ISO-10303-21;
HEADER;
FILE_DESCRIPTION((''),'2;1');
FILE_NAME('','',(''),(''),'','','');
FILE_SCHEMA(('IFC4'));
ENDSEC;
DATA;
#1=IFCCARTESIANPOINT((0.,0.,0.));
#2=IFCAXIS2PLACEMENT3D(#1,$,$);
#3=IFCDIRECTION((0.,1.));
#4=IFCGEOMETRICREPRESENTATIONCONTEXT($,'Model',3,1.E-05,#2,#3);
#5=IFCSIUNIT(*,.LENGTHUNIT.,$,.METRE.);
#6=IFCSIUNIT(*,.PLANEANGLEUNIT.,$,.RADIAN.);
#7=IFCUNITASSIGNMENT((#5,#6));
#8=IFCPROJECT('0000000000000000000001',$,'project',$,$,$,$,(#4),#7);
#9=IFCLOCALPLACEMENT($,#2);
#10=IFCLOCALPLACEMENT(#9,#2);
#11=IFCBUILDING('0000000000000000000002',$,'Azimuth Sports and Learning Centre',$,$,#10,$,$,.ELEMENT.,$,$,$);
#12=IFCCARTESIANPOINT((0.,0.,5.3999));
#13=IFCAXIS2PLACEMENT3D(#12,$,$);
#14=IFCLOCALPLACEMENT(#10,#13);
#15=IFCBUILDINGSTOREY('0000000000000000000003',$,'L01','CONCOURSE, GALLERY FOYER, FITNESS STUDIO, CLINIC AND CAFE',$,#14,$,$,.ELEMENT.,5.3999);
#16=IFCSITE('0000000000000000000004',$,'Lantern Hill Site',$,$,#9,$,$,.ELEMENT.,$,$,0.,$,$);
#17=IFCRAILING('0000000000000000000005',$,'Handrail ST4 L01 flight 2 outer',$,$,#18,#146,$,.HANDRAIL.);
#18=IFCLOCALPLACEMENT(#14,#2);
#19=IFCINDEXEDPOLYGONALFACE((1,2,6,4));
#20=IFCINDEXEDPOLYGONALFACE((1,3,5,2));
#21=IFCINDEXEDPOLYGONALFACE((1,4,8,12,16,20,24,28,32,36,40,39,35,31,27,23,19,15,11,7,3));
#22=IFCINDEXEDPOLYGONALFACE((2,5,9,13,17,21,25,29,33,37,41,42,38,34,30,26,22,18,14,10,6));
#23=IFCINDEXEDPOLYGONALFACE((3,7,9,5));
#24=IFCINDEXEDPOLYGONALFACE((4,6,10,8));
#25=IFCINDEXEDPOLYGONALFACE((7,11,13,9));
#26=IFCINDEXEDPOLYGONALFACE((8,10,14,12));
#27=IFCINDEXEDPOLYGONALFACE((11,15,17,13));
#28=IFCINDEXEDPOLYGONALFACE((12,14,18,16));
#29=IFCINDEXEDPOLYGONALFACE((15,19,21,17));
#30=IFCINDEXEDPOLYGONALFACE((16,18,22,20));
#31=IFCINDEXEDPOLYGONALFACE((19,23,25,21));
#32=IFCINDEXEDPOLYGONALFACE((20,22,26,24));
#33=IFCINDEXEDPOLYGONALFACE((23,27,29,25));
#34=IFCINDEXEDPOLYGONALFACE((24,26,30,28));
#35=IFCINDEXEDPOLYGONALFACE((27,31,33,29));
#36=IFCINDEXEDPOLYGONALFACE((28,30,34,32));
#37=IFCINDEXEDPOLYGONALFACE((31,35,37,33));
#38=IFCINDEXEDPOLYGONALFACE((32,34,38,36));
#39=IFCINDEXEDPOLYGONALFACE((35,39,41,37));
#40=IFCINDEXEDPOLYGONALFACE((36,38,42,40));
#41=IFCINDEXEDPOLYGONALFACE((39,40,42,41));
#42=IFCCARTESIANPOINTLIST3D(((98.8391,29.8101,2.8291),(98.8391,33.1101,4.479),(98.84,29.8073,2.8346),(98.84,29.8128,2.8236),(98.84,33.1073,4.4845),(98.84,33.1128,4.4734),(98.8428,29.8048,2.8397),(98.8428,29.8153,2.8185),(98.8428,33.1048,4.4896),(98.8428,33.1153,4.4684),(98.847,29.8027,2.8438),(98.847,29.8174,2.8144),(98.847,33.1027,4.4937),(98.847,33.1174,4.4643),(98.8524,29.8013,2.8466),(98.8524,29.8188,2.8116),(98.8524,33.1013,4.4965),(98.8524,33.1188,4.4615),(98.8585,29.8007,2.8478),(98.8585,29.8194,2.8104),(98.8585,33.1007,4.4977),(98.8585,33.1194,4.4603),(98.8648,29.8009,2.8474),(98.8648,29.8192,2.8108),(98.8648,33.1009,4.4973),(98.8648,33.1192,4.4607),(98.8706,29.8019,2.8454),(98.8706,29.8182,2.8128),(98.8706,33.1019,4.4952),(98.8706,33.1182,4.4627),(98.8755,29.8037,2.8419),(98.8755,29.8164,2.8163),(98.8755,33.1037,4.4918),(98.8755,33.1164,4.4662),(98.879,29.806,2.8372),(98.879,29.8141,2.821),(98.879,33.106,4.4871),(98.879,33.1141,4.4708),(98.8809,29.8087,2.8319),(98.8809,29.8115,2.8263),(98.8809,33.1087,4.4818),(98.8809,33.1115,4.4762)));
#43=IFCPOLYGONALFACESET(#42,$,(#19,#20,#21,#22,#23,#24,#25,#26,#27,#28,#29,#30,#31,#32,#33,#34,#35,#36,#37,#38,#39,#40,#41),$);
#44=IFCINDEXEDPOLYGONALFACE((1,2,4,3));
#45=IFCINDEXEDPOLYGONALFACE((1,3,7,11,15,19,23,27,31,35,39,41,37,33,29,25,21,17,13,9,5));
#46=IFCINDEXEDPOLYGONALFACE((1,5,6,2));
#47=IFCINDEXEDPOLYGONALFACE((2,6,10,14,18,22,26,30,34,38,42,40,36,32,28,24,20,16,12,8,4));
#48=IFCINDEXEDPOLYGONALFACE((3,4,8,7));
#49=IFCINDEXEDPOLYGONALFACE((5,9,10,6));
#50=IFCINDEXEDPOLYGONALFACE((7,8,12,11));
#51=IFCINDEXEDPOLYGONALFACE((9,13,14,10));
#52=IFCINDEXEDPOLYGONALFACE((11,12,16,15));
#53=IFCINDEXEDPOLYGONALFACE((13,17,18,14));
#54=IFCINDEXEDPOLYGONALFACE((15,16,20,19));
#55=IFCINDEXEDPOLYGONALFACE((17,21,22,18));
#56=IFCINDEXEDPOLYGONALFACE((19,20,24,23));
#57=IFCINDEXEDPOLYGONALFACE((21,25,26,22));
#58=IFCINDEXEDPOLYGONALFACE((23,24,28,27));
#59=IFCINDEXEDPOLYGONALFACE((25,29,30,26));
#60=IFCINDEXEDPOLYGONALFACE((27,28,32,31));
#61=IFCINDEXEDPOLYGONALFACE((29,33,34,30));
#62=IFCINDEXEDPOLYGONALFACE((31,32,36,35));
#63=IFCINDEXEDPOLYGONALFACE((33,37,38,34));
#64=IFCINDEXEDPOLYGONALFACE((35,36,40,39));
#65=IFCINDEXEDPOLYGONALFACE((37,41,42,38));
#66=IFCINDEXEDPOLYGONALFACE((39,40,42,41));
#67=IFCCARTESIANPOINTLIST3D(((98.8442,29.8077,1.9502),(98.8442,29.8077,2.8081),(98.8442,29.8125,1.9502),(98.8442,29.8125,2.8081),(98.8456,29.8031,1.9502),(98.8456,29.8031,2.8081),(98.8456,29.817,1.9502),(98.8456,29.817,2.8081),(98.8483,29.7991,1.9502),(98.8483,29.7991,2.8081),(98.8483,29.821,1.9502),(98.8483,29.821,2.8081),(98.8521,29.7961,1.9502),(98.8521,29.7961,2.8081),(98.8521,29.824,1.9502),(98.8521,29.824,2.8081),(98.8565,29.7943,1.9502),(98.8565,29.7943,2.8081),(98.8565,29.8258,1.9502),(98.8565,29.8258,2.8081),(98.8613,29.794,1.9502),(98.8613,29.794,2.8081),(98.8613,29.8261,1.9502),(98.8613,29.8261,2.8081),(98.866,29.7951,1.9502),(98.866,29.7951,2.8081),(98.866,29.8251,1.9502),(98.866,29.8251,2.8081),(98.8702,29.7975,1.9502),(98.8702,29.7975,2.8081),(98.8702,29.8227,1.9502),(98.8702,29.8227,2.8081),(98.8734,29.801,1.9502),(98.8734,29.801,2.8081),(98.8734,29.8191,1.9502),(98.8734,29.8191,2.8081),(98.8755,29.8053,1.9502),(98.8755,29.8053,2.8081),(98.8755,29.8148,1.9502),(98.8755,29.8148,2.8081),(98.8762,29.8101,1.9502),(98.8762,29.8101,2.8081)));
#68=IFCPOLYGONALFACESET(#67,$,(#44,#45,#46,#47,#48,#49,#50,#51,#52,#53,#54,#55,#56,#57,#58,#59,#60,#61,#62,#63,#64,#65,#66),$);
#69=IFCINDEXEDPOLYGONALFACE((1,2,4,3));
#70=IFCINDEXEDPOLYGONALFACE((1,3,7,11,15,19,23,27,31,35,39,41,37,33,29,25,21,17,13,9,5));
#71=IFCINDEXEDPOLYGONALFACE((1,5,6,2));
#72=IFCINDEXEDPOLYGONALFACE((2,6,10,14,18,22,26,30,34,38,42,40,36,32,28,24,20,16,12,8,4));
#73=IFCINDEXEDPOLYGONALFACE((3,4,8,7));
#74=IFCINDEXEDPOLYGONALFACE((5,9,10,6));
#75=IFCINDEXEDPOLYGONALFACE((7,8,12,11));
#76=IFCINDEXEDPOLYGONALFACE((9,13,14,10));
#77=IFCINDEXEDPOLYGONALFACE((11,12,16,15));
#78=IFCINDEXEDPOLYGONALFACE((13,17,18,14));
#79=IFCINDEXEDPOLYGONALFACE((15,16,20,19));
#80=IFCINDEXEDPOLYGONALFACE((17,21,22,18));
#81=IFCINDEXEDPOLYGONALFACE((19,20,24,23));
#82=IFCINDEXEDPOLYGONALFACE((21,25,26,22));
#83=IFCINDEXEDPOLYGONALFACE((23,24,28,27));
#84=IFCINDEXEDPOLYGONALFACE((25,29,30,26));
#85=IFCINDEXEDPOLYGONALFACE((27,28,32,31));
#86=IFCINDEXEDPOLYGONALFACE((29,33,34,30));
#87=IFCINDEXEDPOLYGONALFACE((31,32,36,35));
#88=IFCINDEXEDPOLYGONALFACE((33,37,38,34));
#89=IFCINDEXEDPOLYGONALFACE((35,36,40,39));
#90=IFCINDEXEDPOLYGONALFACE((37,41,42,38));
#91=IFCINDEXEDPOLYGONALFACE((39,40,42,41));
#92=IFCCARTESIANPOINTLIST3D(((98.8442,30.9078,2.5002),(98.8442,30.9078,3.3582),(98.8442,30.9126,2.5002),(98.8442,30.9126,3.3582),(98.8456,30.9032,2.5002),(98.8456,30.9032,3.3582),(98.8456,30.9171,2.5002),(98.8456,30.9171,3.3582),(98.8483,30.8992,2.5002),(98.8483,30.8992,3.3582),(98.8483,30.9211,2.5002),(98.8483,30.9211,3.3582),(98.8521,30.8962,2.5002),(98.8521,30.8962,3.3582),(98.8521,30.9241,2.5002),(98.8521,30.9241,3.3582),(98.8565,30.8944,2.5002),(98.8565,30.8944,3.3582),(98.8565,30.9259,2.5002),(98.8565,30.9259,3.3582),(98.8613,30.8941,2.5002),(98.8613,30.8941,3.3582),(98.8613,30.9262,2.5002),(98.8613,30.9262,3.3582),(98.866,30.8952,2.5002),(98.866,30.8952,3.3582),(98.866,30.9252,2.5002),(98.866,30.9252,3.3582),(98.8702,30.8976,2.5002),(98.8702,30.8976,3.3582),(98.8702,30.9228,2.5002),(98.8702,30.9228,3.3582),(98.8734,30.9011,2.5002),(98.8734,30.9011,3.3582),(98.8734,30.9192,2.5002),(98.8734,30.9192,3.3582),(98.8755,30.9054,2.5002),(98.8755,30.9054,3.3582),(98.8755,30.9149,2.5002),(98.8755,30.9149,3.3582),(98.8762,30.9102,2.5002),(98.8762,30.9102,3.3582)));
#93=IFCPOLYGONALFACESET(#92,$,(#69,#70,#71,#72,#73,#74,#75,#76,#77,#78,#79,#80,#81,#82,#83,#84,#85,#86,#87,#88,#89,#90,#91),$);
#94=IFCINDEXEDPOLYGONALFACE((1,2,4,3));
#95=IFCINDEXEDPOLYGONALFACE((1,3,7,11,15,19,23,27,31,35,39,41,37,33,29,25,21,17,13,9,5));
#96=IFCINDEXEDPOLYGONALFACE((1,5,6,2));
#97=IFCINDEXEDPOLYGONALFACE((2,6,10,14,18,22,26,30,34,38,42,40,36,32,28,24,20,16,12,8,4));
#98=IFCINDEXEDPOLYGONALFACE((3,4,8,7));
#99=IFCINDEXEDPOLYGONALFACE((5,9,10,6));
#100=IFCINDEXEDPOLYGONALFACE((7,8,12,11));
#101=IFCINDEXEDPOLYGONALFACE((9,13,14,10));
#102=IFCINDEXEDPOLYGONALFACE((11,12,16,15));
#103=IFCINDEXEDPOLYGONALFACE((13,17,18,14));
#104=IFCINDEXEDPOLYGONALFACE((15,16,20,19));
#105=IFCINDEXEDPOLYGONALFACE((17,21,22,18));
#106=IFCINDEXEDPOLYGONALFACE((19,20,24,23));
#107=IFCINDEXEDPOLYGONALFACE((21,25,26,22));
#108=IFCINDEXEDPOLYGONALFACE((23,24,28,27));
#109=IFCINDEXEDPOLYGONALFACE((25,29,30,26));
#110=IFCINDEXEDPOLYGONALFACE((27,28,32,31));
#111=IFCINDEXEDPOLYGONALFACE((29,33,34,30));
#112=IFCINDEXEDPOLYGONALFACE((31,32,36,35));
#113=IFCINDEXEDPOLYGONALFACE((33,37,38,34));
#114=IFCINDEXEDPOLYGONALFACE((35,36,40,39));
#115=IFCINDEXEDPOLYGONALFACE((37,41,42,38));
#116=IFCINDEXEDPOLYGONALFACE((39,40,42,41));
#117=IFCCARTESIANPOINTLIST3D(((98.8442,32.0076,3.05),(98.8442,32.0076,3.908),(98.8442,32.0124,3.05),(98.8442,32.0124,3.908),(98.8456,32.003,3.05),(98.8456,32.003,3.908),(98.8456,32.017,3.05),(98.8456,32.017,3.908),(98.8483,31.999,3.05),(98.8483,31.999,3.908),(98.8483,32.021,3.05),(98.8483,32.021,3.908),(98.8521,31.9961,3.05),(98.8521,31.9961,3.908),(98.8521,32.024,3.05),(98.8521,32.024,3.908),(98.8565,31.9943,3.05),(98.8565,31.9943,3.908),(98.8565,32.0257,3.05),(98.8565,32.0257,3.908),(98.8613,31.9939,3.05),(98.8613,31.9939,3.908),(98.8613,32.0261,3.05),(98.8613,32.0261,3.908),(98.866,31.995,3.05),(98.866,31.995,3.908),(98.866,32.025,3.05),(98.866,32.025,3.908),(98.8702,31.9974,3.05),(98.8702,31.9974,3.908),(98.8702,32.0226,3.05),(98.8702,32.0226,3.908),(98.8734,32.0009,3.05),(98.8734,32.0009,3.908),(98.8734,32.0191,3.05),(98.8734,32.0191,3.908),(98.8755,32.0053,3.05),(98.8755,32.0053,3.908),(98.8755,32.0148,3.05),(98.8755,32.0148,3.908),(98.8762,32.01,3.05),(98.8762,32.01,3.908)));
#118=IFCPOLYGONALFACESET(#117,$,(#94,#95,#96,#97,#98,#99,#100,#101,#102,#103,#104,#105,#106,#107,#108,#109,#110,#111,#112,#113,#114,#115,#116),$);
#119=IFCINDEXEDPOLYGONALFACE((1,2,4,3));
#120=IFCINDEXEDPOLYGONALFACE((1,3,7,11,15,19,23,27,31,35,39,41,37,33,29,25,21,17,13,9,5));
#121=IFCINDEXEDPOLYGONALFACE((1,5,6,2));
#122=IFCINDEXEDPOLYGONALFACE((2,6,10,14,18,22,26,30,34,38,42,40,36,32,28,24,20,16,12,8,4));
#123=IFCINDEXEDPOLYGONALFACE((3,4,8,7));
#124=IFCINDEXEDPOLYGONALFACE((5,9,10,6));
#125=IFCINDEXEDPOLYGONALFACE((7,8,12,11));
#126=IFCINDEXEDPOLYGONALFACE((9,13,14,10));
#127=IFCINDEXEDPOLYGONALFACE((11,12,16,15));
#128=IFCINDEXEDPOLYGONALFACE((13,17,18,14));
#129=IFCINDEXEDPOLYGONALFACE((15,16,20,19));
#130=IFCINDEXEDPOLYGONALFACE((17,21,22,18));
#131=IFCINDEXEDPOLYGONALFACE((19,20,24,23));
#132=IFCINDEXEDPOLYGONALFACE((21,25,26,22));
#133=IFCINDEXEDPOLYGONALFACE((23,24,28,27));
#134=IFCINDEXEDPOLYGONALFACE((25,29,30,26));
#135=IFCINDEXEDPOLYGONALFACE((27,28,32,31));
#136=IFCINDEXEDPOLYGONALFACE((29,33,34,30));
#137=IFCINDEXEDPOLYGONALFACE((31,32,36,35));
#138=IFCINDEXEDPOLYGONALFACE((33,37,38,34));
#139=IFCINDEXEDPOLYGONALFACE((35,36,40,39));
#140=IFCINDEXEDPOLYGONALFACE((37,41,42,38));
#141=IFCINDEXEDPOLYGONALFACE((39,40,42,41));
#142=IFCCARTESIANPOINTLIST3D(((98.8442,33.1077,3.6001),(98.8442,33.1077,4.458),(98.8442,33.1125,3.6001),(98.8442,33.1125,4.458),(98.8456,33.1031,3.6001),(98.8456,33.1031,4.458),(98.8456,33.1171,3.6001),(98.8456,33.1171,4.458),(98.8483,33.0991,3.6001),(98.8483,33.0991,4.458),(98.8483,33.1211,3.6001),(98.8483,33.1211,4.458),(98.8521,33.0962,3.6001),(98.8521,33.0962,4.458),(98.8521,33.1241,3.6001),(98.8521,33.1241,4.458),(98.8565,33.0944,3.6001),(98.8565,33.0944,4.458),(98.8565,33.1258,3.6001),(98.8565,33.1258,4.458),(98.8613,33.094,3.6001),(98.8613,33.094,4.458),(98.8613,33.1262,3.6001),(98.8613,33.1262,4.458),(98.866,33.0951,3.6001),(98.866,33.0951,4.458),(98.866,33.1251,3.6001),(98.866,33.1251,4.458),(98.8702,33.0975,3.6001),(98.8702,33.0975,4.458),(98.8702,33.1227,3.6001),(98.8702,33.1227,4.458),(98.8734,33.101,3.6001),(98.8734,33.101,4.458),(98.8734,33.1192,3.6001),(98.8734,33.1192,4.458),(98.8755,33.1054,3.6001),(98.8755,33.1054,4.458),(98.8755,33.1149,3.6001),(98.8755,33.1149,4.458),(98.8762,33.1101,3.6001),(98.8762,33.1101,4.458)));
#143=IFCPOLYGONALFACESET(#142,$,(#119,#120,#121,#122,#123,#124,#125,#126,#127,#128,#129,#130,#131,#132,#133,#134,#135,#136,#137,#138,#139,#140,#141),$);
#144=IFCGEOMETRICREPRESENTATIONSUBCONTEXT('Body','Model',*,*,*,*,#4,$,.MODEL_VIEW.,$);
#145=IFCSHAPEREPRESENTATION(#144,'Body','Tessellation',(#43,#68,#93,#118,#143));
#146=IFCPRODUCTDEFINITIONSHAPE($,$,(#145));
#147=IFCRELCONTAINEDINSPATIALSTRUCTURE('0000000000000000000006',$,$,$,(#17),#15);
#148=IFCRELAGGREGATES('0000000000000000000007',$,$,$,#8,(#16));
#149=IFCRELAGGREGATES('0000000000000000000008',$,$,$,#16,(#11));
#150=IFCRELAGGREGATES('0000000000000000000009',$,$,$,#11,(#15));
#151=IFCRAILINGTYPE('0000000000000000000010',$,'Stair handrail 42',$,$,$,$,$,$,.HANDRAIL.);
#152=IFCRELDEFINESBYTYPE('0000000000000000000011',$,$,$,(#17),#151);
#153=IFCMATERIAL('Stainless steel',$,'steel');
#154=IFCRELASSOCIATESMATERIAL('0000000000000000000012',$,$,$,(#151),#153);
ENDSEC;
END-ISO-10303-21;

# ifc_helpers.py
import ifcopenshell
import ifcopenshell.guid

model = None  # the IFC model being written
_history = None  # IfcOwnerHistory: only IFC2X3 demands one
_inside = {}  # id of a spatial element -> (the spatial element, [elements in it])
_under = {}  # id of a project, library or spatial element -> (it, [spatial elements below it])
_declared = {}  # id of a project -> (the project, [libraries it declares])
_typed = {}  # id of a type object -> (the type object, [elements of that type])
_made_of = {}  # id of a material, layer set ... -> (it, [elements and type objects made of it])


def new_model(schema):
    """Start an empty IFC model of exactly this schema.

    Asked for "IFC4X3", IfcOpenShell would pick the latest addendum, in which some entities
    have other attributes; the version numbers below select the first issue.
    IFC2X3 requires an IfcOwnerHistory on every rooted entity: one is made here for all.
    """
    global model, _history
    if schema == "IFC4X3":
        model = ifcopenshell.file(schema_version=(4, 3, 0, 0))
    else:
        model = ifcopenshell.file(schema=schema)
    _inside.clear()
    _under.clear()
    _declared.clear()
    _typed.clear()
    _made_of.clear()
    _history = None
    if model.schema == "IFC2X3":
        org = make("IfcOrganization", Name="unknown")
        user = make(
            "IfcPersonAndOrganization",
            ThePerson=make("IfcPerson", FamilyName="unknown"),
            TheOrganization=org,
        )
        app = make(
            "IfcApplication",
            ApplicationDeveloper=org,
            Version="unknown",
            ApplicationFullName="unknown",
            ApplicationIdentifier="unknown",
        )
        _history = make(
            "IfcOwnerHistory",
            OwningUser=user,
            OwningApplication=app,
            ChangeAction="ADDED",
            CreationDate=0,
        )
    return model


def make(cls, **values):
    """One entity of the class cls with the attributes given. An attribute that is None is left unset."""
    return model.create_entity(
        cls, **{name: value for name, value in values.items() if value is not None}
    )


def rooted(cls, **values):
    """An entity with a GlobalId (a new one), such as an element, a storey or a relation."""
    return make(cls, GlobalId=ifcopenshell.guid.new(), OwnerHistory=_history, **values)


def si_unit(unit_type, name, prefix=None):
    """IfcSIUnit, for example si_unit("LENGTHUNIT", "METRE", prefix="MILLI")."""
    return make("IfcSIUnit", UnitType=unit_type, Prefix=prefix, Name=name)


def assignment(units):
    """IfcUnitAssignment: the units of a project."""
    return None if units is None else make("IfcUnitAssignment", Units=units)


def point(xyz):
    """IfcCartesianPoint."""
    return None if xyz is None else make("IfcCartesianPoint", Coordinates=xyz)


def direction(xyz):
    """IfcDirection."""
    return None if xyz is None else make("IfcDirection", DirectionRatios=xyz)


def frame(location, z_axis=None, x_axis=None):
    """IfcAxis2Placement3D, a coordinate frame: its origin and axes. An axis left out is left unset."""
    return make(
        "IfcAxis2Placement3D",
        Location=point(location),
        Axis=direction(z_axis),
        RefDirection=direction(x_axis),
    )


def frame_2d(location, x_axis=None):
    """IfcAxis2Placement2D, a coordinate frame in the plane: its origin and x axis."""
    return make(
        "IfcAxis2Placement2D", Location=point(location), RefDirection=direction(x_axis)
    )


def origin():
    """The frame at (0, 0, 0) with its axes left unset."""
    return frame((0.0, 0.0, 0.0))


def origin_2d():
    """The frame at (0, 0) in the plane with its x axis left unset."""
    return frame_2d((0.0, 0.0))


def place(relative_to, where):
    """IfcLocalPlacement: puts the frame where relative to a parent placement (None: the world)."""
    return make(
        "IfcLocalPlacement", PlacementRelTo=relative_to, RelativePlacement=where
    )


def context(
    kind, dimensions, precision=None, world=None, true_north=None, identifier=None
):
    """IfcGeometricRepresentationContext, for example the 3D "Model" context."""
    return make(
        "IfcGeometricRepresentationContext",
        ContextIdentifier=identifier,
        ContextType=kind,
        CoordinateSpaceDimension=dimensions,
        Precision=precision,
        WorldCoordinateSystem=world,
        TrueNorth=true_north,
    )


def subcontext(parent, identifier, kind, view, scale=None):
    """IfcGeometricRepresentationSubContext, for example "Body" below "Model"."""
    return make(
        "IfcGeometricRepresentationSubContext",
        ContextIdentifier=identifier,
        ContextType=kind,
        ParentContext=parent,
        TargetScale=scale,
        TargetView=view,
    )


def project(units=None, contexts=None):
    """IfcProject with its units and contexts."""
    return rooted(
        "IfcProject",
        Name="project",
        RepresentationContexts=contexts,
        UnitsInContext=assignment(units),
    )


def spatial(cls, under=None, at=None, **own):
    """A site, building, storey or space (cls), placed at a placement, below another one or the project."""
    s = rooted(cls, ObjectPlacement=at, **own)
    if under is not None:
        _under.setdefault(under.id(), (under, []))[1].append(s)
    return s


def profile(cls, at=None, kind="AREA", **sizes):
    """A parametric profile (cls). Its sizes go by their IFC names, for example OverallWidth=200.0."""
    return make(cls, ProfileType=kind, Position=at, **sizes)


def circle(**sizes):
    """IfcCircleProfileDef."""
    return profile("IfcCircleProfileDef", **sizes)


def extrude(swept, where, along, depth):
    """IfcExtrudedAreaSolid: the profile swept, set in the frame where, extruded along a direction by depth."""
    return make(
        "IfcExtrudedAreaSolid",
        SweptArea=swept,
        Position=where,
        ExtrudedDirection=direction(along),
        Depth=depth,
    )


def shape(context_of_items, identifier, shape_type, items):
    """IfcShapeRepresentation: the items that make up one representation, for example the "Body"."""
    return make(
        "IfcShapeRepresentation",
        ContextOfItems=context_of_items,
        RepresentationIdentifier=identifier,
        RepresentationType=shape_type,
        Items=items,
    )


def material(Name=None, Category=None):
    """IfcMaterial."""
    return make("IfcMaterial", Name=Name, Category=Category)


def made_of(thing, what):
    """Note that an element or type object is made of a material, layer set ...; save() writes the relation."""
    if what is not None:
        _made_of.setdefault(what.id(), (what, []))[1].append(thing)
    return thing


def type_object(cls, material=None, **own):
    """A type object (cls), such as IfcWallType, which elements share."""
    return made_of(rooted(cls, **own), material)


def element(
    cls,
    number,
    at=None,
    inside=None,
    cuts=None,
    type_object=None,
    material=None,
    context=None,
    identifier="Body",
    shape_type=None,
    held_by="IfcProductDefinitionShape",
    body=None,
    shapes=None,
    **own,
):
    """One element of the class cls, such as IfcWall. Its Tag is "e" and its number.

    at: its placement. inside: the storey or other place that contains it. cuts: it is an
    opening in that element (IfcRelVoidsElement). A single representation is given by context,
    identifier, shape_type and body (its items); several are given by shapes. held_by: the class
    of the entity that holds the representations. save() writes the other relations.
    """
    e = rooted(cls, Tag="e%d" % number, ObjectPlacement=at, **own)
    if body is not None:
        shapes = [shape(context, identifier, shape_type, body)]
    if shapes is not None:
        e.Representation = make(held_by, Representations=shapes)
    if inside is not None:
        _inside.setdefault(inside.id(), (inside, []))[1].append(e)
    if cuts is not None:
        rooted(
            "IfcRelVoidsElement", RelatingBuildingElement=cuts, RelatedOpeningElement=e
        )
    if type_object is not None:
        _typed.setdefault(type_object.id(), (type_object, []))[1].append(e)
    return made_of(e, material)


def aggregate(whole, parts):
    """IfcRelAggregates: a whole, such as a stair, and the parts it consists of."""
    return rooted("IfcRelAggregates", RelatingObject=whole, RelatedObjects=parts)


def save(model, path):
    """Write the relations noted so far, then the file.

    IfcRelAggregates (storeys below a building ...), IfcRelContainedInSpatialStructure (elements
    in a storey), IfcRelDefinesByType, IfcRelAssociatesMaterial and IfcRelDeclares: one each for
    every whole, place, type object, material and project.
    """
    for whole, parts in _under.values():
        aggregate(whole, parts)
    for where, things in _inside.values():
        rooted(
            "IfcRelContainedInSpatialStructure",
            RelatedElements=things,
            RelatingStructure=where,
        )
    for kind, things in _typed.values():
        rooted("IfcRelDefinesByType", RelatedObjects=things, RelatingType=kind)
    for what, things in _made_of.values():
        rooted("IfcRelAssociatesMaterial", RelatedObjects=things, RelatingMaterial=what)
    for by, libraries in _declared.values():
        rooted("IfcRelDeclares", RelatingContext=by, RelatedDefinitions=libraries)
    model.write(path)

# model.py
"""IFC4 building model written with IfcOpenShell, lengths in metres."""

from ifc_helpers import new_model, si_unit, direction, frame, origin, origin_2d, place, context, subcontext, project, spatial, circle, extrude, material, type_object, element, save


model = new_model("IFC4")

# Units and contexts
model_context = context("Model", 3, precision=1e-05, world=origin(), true_north=direction((0.0, 1.0)))
body_context = subcontext(model_context, "Body", "Model", "MODEL_VIEW")
ifc_project = project(units=[si_unit("LENGTHUNIT", "METRE"), si_unit("PLANEANGLEUNIT", "RADIAN")], contexts=[model_context])

# Site, building, storey
site_placement = place(None, origin())
site = spatial("IfcSite", under=ifc_project, at=site_placement, Name="Lantern Hill Site", CompositionType="ELEMENT", RefElevation=0.0)
building_placement = place(site_placement, origin())
building = spatial("IfcBuilding", under=site, at=building_placement, Name="Azimuth Sports and Learning Centre", CompositionType="ELEMENT")
storey_placement = place(building_placement, frame((0.0, 0.0, 5.3999)))
storey = spatial("IfcBuildingStorey", under=building, at=storey_placement, Name="L01", Description="CONCOURSE, GALLERY FOYER, FITNESS STUDIO, CLINIC AND CAFE", CompositionType="ELEMENT", Elevation=5.3999)

# Railing
ifc_material_1 = material(Name="Stainless steel", Category="steel")
railing_type = type_object("IfcRailingType", Name="Stair handrail 42", PredefinedType="HANDRAIL", material=ifc_material_1)
railing_placement = place(storey_placement, frame((98.8601, 29.8101, 1.9502)))
element("IfcRailing", 1, at=railing_placement, inside=storey, type_object=railing_type, Name="Handrail ST4 L01 flight 2 outer", PredefinedType="HANDRAIL", context=body_context, shape_type="SweptSolid", body=[
    extrude(circle(Radius=0.021, at=origin_2d()), frame((0.0, 0.0, 0.8789), z_axis=(0.0, 0.89444, 0.447187), x_axis=(-1.0, 0.0, 0.0)), (0.0, 0.0, 1.0), 3.6895),
    extrude(circle(Radius=0.0161, at=origin_2d()), origin(), (0.0, 0.0, 1.0), 0.8579),
    extrude(circle(Radius=0.0161, at=origin_2d()), frame((0.0, 1.1001, 0.55)), (0.0, 0.0, 1.0), 0.8579),
    extrude(circle(Radius=0.0161, at=origin_2d()), frame((0.0, 2.2, 1.0999)), (0.0, 0.0, 1.0), 0.8579),
    extrude(circle(Radius=0.0161, at=origin_2d()), frame((0.0, 3.3, 1.6499)), (0.0, 0.0, 1.0), 0.8579),
])

save(model, "model.ifc")
